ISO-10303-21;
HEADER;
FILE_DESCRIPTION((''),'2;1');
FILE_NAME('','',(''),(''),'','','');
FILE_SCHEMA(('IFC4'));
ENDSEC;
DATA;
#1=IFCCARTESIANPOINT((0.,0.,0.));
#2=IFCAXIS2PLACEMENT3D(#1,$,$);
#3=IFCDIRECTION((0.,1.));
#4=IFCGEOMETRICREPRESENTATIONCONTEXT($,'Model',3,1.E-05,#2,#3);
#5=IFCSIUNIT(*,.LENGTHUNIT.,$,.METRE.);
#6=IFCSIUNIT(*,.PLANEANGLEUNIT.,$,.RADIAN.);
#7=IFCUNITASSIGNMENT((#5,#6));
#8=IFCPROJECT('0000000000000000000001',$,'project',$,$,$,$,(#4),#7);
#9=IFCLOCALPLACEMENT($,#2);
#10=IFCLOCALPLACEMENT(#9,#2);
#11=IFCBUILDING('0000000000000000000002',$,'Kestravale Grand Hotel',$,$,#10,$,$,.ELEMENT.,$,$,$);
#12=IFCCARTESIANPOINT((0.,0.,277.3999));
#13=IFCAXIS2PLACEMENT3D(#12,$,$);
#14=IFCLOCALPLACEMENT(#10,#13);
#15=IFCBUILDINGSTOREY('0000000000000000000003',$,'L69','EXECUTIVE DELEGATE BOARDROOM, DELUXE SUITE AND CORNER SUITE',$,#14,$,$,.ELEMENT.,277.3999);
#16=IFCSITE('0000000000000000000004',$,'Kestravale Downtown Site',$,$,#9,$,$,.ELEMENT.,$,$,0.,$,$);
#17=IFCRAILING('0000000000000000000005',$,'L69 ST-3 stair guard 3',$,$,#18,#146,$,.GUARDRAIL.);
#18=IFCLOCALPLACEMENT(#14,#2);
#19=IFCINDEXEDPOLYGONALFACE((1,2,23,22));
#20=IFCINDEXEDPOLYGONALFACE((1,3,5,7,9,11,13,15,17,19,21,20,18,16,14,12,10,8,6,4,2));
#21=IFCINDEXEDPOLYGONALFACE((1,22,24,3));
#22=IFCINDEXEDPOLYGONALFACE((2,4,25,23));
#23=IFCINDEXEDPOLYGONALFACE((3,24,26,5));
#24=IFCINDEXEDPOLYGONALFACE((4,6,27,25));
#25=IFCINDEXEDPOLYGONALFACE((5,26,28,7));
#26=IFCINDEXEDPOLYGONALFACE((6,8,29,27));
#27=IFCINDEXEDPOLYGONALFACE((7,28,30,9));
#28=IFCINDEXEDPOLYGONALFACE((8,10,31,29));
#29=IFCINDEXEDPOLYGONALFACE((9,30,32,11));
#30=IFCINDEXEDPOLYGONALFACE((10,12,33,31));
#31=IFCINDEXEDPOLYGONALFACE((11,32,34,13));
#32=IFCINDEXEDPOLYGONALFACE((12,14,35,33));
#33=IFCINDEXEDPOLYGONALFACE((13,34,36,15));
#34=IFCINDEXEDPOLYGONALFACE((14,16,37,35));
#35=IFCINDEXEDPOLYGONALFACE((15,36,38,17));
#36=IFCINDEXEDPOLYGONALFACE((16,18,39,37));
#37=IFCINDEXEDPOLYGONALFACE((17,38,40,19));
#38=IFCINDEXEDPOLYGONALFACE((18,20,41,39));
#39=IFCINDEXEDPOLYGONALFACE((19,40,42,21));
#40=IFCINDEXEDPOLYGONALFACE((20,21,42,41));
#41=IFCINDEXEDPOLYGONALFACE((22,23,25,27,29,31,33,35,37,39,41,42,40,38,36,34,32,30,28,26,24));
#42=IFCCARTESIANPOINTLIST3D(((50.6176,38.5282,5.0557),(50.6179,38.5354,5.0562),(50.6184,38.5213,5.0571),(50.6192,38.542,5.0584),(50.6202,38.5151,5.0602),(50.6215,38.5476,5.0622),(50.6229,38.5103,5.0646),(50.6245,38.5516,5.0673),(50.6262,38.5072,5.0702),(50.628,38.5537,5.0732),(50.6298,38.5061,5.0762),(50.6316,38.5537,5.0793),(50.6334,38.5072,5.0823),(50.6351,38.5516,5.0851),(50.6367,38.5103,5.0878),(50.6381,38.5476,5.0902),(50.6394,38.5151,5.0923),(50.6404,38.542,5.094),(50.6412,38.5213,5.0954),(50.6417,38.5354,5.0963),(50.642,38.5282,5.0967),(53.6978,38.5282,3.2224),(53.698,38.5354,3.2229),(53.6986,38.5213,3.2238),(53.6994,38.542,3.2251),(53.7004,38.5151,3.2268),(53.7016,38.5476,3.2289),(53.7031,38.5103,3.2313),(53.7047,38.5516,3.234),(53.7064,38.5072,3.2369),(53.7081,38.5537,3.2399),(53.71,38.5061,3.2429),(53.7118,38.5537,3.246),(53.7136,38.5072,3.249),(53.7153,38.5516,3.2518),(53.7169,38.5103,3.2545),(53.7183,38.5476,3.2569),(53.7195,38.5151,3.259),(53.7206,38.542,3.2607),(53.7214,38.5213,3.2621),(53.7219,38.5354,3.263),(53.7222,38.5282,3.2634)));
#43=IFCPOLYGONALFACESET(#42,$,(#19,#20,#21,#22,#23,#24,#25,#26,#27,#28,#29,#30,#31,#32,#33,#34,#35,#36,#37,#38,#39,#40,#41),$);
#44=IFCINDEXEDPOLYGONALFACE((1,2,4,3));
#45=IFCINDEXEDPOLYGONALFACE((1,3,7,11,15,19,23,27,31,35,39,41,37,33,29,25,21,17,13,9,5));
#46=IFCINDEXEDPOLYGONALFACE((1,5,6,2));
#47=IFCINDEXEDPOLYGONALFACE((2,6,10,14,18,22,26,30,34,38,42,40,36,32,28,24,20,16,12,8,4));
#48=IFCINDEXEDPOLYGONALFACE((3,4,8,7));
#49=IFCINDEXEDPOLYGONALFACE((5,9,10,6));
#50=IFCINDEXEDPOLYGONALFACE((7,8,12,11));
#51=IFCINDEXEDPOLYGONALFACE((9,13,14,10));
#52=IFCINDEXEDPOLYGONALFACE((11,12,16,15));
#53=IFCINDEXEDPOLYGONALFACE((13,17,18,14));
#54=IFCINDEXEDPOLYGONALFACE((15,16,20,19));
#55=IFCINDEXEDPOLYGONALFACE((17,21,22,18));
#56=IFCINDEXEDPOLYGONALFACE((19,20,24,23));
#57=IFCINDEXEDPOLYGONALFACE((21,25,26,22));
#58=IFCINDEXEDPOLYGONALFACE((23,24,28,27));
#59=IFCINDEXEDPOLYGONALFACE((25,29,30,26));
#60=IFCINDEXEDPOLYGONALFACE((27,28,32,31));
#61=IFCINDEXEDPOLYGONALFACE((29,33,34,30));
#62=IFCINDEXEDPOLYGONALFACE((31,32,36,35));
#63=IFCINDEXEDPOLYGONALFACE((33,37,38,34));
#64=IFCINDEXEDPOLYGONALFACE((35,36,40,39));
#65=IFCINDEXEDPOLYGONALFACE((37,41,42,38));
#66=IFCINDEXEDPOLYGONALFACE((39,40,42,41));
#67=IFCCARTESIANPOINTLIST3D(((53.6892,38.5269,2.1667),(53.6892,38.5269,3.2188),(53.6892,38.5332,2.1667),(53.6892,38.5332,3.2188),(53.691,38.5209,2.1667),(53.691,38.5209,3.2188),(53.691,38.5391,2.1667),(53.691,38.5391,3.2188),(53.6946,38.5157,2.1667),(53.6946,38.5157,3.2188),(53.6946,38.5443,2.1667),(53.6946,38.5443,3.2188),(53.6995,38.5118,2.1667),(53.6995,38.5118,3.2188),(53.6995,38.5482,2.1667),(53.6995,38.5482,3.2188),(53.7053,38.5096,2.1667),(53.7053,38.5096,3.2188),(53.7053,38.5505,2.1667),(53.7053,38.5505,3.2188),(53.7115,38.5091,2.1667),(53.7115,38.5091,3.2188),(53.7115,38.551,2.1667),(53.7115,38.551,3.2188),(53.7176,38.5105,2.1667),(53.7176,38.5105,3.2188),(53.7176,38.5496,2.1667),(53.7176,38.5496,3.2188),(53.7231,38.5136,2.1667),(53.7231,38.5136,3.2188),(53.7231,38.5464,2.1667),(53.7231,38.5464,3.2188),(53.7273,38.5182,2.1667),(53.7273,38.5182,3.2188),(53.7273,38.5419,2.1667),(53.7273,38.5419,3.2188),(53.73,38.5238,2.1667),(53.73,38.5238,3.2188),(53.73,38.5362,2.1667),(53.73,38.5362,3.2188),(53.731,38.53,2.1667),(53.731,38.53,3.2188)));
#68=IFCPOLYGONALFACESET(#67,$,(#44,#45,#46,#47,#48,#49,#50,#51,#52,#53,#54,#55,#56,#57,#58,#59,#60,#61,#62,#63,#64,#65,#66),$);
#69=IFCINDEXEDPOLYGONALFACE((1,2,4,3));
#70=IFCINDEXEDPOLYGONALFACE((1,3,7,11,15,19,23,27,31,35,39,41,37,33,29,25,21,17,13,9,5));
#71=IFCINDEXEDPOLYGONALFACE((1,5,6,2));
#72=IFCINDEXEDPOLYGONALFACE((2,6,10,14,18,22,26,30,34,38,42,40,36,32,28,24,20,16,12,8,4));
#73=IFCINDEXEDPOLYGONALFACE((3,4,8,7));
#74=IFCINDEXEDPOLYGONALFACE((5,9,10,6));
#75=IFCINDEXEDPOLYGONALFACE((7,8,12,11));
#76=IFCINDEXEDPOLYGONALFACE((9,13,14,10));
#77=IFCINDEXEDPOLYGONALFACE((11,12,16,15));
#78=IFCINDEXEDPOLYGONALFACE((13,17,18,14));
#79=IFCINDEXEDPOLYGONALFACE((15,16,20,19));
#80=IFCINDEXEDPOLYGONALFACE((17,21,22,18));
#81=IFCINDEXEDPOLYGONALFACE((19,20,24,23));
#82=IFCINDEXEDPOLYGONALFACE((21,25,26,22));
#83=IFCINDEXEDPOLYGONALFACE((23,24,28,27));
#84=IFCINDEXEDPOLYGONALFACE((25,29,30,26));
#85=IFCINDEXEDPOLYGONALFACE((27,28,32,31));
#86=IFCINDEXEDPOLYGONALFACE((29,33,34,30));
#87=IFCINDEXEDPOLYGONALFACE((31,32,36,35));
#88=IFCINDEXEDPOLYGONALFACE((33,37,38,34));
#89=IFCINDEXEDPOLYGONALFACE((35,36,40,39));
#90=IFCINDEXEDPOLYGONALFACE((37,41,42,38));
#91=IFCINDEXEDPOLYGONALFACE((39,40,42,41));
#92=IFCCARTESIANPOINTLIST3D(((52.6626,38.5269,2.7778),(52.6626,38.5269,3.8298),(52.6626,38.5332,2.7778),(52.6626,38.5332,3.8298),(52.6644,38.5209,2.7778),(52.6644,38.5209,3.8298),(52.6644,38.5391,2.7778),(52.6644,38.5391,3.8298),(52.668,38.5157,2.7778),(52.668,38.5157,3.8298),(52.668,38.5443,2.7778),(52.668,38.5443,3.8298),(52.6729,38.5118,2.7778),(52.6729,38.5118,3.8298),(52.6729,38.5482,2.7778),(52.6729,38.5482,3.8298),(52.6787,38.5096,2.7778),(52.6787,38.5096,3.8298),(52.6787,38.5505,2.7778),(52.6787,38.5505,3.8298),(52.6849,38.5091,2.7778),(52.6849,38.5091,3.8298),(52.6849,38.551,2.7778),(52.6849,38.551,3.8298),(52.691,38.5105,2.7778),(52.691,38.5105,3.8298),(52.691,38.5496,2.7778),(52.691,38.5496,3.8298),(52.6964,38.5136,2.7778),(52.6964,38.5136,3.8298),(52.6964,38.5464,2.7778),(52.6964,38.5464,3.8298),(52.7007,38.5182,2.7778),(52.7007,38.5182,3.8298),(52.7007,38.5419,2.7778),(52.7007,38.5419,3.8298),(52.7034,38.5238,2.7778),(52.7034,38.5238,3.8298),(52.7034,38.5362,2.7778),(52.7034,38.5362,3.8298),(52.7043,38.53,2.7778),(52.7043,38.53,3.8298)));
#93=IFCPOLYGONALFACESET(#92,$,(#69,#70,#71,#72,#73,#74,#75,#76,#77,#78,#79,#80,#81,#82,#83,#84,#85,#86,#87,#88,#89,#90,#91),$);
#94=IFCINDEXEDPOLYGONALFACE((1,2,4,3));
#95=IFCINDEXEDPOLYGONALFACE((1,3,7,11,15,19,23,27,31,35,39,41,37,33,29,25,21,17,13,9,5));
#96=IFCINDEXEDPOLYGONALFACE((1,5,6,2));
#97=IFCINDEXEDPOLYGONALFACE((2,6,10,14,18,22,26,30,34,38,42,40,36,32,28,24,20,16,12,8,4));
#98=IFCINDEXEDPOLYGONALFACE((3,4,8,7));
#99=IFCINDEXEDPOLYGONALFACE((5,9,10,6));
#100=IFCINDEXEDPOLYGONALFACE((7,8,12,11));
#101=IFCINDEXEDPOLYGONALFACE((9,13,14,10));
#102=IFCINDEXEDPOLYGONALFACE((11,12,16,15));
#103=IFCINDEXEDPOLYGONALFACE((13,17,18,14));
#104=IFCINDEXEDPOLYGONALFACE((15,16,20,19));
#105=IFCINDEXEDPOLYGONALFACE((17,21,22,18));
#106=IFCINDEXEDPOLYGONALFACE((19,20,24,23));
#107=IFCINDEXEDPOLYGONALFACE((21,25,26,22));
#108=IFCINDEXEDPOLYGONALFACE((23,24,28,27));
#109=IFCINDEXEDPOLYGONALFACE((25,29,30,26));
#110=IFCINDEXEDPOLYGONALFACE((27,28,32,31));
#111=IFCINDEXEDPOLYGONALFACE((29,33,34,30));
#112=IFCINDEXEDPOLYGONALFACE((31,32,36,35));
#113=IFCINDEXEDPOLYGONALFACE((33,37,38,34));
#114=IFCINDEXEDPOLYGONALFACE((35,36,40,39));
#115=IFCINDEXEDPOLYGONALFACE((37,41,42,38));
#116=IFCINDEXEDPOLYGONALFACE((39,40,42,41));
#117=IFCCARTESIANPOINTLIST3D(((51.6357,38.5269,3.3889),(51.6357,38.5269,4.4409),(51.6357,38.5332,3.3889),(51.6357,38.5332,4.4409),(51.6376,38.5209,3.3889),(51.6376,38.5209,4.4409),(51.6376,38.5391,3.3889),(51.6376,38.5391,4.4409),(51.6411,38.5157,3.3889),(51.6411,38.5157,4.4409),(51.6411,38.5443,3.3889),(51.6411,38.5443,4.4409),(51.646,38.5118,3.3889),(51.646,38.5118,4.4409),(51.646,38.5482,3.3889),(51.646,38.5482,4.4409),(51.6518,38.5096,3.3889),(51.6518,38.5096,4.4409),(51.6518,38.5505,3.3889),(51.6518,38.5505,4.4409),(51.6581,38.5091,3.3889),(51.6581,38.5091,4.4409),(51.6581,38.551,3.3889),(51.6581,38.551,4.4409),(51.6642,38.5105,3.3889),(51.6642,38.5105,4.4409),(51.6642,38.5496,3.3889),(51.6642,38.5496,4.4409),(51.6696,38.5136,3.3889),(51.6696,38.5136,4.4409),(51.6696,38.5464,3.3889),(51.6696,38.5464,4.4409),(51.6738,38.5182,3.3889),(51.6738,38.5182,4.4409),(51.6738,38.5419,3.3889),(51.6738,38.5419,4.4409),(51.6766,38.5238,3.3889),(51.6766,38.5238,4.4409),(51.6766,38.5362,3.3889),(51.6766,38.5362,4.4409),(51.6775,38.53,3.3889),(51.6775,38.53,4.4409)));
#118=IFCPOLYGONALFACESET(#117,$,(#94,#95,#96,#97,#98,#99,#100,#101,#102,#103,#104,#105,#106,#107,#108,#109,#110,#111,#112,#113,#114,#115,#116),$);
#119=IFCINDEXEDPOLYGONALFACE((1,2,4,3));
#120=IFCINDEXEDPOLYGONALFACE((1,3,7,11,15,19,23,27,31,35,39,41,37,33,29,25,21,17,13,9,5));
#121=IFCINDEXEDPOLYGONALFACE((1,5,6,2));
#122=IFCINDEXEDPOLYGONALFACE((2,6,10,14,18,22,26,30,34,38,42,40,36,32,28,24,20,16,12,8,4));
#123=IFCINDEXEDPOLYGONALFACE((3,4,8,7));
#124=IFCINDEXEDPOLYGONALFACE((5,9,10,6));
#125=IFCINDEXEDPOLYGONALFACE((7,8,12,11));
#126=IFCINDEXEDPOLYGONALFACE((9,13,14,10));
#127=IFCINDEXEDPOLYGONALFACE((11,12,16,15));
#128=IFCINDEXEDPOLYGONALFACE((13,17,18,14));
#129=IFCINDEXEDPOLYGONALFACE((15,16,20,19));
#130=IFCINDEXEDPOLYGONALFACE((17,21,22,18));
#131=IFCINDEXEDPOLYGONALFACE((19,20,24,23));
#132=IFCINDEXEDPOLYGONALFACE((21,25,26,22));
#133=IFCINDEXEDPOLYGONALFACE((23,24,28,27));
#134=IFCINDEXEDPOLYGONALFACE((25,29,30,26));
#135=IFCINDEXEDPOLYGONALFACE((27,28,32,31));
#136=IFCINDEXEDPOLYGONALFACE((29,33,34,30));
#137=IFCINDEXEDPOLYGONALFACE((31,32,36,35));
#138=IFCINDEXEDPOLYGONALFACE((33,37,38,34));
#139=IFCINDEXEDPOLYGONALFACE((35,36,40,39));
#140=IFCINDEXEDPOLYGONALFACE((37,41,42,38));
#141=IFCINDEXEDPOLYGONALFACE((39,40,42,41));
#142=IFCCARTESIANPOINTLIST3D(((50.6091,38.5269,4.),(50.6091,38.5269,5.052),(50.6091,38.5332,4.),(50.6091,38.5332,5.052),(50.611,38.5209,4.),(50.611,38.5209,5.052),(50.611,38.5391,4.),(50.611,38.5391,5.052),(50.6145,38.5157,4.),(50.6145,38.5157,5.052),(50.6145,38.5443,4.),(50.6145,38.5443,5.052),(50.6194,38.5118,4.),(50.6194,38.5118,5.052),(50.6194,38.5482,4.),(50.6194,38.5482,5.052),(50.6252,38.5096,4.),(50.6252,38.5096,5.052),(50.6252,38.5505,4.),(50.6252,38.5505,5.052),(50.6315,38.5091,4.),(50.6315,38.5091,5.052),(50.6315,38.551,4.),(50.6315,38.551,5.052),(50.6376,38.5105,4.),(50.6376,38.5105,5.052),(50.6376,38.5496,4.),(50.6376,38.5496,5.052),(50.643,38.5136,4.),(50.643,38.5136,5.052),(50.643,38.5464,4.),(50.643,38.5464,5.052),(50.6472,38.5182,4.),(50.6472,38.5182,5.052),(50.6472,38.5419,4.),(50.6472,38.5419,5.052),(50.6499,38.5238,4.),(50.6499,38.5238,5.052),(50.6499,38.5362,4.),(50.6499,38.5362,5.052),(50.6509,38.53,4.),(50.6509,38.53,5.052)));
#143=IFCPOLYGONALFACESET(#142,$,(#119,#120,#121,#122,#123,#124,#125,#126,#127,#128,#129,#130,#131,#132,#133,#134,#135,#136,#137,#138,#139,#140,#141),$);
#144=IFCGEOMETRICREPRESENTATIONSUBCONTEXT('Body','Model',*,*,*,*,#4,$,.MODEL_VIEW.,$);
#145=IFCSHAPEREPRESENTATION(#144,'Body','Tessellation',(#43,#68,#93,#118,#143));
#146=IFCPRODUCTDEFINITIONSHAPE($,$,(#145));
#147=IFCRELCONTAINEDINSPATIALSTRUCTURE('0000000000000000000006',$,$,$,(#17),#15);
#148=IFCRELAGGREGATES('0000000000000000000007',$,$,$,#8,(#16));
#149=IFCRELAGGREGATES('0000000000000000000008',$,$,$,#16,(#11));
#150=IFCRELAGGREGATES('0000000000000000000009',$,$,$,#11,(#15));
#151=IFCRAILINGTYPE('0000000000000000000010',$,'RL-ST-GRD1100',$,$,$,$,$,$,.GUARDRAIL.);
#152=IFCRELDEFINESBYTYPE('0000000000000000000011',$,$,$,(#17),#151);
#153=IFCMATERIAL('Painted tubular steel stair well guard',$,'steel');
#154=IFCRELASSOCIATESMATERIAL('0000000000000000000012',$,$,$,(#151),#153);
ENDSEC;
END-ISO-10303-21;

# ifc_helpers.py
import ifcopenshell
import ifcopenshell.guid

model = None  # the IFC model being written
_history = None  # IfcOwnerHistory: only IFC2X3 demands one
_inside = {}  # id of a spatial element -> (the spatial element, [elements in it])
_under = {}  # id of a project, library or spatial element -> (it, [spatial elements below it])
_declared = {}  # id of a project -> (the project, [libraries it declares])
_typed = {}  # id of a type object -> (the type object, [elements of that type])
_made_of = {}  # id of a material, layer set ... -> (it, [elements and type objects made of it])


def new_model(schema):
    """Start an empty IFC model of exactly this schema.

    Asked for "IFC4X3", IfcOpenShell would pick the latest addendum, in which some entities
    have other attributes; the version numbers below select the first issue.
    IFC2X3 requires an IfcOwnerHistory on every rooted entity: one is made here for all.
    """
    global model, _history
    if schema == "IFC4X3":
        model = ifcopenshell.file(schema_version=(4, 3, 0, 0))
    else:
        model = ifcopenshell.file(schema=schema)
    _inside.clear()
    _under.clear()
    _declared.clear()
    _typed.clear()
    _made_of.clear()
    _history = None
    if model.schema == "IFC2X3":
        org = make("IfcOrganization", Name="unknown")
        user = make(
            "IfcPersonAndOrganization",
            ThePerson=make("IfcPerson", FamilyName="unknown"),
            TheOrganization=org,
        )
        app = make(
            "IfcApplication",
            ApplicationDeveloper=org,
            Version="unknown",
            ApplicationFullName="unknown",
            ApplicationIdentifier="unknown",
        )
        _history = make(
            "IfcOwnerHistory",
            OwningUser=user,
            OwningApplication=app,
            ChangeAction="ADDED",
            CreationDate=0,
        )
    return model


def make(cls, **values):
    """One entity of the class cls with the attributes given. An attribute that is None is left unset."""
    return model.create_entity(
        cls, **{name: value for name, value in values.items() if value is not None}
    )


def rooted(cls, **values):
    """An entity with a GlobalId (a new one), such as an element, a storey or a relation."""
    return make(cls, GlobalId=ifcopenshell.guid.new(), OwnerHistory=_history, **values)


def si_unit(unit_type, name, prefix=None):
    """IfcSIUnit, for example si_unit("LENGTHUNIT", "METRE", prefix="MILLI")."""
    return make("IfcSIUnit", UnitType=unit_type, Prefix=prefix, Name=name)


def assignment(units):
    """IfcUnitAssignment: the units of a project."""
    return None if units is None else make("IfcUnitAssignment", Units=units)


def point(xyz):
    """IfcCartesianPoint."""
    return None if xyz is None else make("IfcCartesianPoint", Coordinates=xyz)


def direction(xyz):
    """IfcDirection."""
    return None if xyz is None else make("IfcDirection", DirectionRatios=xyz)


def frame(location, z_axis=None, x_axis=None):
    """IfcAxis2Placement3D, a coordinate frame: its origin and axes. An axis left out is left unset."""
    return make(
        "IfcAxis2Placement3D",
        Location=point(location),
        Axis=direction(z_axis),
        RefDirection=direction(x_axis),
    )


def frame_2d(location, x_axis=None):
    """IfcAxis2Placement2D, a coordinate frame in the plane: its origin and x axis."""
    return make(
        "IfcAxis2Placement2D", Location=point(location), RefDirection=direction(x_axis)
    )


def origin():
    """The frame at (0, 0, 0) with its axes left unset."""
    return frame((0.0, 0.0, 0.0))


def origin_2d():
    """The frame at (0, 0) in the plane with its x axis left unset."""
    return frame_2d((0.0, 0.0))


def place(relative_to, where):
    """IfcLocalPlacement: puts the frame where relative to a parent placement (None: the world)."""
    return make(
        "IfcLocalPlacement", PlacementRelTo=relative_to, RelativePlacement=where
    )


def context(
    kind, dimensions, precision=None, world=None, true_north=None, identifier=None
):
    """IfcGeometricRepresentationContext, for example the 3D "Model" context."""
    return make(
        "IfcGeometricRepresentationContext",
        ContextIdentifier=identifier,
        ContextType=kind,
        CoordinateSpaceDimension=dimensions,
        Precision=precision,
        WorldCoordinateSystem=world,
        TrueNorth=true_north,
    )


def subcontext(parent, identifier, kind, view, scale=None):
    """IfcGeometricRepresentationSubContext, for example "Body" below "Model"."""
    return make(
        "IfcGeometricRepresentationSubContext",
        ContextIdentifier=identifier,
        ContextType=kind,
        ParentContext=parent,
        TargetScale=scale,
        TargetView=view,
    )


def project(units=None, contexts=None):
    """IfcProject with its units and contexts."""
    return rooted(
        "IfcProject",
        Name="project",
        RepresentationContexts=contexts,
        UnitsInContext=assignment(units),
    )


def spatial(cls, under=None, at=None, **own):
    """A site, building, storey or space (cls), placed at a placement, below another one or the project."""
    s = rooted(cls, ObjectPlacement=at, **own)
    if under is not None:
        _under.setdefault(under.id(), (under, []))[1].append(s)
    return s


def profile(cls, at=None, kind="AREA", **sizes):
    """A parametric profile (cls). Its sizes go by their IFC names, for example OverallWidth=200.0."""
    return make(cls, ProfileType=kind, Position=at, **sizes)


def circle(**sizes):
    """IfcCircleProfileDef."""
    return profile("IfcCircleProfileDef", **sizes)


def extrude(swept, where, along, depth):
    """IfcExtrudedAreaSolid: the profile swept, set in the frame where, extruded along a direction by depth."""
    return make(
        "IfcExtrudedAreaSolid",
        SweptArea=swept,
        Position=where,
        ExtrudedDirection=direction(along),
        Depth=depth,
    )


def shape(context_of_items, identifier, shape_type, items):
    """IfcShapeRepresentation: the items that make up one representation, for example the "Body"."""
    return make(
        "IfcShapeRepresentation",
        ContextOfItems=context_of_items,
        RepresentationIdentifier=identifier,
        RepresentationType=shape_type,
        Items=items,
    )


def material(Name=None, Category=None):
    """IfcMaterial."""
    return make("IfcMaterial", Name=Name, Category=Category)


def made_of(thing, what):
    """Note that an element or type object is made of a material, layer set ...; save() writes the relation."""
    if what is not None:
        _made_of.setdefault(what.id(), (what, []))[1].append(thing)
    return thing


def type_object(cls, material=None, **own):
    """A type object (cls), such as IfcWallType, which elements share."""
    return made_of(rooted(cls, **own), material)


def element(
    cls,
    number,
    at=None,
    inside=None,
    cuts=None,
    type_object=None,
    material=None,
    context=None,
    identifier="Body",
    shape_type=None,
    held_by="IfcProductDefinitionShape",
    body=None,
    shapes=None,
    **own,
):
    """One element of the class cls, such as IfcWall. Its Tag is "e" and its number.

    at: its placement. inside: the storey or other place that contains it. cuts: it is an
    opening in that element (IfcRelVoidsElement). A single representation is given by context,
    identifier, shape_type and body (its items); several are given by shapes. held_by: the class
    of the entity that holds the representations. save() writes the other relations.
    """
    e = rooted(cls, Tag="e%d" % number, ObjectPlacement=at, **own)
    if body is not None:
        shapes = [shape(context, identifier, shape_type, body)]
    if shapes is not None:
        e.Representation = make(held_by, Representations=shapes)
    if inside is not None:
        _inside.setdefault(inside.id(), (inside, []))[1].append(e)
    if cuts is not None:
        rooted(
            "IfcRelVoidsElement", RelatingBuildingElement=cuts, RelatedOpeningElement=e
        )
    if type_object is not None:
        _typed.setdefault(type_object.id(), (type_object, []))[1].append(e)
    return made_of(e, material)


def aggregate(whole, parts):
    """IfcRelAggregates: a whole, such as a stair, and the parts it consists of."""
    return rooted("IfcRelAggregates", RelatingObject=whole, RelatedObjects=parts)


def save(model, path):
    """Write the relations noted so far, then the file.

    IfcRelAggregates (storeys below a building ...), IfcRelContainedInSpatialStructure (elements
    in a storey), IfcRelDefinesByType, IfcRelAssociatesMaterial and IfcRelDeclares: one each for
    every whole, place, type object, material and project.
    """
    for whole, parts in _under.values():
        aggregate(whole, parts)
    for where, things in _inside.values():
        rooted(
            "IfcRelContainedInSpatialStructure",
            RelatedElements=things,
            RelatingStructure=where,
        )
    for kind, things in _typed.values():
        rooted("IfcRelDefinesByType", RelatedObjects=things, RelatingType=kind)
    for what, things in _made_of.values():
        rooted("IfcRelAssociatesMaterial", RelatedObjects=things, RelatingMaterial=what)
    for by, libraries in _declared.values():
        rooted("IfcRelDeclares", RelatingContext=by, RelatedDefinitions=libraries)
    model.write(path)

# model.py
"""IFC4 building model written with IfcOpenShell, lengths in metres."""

from ifc_helpers import new_model, si_unit, direction, frame, origin, origin_2d, place, context, subcontext, project, spatial, circle, extrude, material, type_object, element, save


model = new_model("IFC4")

# Units and contexts
model_context = context("Model", 3, precision=1e-05, world=origin(), true_north=direction((0.0, 1.0)))
body_context = subcontext(model_context, "Body", "Model", "MODEL_VIEW")
ifc_project = project(units=[si_unit("LENGTHUNIT", "METRE"), si_unit("PLANEANGLEUNIT", "RADIAN")], contexts=[model_context])

# Site, building, storey
site_placement = place(None, origin())
site = spatial("IfcSite", under=ifc_project, at=site_placement, Name="Kestravale Downtown Site", CompositionType="ELEMENT", RefElevation=0.0)
building_placement = place(site_placement, origin())
building = spatial("IfcBuilding", under=site, at=building_placement, Name="Kestravale Grand Hotel", CompositionType="ELEMENT")
storey_placement = place(building_placement, frame((0.0, 0.0, 277.3999)))
storey = spatial("IfcBuildingStorey", under=building, at=storey_placement, Name="L69", Description="EXECUTIVE DELEGATE BOARDROOM, DELUXE SUITE AND CORNER SUITE", CompositionType="ELEMENT", Elevation=277.3999)

# Railing
ifc_material_1 = material(Name="Painted tubular steel stair well guard", Category="steel")
railing_type_1 = type_object("IfcRailingType", Name="RL-ST-GRD1100", PredefinedType="GUARDRAIL", material=ifc_material_1)
railing_1_placement = place(storey_placement, frame((53.71, 38.53, 2.1667)))
element("IfcRailing", 1, at=railing_1_placement, inside=storey, type_object=railing_type_1, Name="L69 ST-3 stair guard 3", PredefinedType="GUARDRAIL", context=body_context, shape_type="SweptSolid", body=[
    extrude(circle(Radius=0.0239, at=origin_2d()), frame((0.0, 0.0, 1.0762), z_axis=(-0.859309, 0.0, 0.511458), x_axis=(0.0, -1.0, 0.0)), (0.0, 0.0, 1.0), 3.5845),
    extrude(circle(Radius=0.021, at=origin_2d()), origin(), (0.0, 0.0, 1.0), 1.052),
    extrude(circle(Radius=0.021, at=origin_2d()), frame((-1.0266, 0.0, 0.6111)), (0.0, 0.0, 1.0), 1.052),
    extrude(circle(Radius=0.021, at=origin_2d()), frame((-2.0535, 0.0, 1.2222)), (0.0, 0.0, 1.0), 1.052),
    extrude(circle(Radius=0.021, at=origin_2d()), frame((-3.0801, 0.0, 1.8333)), (0.0, 0.0, 1.0), 1.052),
])

save(model, "model.ifc")
